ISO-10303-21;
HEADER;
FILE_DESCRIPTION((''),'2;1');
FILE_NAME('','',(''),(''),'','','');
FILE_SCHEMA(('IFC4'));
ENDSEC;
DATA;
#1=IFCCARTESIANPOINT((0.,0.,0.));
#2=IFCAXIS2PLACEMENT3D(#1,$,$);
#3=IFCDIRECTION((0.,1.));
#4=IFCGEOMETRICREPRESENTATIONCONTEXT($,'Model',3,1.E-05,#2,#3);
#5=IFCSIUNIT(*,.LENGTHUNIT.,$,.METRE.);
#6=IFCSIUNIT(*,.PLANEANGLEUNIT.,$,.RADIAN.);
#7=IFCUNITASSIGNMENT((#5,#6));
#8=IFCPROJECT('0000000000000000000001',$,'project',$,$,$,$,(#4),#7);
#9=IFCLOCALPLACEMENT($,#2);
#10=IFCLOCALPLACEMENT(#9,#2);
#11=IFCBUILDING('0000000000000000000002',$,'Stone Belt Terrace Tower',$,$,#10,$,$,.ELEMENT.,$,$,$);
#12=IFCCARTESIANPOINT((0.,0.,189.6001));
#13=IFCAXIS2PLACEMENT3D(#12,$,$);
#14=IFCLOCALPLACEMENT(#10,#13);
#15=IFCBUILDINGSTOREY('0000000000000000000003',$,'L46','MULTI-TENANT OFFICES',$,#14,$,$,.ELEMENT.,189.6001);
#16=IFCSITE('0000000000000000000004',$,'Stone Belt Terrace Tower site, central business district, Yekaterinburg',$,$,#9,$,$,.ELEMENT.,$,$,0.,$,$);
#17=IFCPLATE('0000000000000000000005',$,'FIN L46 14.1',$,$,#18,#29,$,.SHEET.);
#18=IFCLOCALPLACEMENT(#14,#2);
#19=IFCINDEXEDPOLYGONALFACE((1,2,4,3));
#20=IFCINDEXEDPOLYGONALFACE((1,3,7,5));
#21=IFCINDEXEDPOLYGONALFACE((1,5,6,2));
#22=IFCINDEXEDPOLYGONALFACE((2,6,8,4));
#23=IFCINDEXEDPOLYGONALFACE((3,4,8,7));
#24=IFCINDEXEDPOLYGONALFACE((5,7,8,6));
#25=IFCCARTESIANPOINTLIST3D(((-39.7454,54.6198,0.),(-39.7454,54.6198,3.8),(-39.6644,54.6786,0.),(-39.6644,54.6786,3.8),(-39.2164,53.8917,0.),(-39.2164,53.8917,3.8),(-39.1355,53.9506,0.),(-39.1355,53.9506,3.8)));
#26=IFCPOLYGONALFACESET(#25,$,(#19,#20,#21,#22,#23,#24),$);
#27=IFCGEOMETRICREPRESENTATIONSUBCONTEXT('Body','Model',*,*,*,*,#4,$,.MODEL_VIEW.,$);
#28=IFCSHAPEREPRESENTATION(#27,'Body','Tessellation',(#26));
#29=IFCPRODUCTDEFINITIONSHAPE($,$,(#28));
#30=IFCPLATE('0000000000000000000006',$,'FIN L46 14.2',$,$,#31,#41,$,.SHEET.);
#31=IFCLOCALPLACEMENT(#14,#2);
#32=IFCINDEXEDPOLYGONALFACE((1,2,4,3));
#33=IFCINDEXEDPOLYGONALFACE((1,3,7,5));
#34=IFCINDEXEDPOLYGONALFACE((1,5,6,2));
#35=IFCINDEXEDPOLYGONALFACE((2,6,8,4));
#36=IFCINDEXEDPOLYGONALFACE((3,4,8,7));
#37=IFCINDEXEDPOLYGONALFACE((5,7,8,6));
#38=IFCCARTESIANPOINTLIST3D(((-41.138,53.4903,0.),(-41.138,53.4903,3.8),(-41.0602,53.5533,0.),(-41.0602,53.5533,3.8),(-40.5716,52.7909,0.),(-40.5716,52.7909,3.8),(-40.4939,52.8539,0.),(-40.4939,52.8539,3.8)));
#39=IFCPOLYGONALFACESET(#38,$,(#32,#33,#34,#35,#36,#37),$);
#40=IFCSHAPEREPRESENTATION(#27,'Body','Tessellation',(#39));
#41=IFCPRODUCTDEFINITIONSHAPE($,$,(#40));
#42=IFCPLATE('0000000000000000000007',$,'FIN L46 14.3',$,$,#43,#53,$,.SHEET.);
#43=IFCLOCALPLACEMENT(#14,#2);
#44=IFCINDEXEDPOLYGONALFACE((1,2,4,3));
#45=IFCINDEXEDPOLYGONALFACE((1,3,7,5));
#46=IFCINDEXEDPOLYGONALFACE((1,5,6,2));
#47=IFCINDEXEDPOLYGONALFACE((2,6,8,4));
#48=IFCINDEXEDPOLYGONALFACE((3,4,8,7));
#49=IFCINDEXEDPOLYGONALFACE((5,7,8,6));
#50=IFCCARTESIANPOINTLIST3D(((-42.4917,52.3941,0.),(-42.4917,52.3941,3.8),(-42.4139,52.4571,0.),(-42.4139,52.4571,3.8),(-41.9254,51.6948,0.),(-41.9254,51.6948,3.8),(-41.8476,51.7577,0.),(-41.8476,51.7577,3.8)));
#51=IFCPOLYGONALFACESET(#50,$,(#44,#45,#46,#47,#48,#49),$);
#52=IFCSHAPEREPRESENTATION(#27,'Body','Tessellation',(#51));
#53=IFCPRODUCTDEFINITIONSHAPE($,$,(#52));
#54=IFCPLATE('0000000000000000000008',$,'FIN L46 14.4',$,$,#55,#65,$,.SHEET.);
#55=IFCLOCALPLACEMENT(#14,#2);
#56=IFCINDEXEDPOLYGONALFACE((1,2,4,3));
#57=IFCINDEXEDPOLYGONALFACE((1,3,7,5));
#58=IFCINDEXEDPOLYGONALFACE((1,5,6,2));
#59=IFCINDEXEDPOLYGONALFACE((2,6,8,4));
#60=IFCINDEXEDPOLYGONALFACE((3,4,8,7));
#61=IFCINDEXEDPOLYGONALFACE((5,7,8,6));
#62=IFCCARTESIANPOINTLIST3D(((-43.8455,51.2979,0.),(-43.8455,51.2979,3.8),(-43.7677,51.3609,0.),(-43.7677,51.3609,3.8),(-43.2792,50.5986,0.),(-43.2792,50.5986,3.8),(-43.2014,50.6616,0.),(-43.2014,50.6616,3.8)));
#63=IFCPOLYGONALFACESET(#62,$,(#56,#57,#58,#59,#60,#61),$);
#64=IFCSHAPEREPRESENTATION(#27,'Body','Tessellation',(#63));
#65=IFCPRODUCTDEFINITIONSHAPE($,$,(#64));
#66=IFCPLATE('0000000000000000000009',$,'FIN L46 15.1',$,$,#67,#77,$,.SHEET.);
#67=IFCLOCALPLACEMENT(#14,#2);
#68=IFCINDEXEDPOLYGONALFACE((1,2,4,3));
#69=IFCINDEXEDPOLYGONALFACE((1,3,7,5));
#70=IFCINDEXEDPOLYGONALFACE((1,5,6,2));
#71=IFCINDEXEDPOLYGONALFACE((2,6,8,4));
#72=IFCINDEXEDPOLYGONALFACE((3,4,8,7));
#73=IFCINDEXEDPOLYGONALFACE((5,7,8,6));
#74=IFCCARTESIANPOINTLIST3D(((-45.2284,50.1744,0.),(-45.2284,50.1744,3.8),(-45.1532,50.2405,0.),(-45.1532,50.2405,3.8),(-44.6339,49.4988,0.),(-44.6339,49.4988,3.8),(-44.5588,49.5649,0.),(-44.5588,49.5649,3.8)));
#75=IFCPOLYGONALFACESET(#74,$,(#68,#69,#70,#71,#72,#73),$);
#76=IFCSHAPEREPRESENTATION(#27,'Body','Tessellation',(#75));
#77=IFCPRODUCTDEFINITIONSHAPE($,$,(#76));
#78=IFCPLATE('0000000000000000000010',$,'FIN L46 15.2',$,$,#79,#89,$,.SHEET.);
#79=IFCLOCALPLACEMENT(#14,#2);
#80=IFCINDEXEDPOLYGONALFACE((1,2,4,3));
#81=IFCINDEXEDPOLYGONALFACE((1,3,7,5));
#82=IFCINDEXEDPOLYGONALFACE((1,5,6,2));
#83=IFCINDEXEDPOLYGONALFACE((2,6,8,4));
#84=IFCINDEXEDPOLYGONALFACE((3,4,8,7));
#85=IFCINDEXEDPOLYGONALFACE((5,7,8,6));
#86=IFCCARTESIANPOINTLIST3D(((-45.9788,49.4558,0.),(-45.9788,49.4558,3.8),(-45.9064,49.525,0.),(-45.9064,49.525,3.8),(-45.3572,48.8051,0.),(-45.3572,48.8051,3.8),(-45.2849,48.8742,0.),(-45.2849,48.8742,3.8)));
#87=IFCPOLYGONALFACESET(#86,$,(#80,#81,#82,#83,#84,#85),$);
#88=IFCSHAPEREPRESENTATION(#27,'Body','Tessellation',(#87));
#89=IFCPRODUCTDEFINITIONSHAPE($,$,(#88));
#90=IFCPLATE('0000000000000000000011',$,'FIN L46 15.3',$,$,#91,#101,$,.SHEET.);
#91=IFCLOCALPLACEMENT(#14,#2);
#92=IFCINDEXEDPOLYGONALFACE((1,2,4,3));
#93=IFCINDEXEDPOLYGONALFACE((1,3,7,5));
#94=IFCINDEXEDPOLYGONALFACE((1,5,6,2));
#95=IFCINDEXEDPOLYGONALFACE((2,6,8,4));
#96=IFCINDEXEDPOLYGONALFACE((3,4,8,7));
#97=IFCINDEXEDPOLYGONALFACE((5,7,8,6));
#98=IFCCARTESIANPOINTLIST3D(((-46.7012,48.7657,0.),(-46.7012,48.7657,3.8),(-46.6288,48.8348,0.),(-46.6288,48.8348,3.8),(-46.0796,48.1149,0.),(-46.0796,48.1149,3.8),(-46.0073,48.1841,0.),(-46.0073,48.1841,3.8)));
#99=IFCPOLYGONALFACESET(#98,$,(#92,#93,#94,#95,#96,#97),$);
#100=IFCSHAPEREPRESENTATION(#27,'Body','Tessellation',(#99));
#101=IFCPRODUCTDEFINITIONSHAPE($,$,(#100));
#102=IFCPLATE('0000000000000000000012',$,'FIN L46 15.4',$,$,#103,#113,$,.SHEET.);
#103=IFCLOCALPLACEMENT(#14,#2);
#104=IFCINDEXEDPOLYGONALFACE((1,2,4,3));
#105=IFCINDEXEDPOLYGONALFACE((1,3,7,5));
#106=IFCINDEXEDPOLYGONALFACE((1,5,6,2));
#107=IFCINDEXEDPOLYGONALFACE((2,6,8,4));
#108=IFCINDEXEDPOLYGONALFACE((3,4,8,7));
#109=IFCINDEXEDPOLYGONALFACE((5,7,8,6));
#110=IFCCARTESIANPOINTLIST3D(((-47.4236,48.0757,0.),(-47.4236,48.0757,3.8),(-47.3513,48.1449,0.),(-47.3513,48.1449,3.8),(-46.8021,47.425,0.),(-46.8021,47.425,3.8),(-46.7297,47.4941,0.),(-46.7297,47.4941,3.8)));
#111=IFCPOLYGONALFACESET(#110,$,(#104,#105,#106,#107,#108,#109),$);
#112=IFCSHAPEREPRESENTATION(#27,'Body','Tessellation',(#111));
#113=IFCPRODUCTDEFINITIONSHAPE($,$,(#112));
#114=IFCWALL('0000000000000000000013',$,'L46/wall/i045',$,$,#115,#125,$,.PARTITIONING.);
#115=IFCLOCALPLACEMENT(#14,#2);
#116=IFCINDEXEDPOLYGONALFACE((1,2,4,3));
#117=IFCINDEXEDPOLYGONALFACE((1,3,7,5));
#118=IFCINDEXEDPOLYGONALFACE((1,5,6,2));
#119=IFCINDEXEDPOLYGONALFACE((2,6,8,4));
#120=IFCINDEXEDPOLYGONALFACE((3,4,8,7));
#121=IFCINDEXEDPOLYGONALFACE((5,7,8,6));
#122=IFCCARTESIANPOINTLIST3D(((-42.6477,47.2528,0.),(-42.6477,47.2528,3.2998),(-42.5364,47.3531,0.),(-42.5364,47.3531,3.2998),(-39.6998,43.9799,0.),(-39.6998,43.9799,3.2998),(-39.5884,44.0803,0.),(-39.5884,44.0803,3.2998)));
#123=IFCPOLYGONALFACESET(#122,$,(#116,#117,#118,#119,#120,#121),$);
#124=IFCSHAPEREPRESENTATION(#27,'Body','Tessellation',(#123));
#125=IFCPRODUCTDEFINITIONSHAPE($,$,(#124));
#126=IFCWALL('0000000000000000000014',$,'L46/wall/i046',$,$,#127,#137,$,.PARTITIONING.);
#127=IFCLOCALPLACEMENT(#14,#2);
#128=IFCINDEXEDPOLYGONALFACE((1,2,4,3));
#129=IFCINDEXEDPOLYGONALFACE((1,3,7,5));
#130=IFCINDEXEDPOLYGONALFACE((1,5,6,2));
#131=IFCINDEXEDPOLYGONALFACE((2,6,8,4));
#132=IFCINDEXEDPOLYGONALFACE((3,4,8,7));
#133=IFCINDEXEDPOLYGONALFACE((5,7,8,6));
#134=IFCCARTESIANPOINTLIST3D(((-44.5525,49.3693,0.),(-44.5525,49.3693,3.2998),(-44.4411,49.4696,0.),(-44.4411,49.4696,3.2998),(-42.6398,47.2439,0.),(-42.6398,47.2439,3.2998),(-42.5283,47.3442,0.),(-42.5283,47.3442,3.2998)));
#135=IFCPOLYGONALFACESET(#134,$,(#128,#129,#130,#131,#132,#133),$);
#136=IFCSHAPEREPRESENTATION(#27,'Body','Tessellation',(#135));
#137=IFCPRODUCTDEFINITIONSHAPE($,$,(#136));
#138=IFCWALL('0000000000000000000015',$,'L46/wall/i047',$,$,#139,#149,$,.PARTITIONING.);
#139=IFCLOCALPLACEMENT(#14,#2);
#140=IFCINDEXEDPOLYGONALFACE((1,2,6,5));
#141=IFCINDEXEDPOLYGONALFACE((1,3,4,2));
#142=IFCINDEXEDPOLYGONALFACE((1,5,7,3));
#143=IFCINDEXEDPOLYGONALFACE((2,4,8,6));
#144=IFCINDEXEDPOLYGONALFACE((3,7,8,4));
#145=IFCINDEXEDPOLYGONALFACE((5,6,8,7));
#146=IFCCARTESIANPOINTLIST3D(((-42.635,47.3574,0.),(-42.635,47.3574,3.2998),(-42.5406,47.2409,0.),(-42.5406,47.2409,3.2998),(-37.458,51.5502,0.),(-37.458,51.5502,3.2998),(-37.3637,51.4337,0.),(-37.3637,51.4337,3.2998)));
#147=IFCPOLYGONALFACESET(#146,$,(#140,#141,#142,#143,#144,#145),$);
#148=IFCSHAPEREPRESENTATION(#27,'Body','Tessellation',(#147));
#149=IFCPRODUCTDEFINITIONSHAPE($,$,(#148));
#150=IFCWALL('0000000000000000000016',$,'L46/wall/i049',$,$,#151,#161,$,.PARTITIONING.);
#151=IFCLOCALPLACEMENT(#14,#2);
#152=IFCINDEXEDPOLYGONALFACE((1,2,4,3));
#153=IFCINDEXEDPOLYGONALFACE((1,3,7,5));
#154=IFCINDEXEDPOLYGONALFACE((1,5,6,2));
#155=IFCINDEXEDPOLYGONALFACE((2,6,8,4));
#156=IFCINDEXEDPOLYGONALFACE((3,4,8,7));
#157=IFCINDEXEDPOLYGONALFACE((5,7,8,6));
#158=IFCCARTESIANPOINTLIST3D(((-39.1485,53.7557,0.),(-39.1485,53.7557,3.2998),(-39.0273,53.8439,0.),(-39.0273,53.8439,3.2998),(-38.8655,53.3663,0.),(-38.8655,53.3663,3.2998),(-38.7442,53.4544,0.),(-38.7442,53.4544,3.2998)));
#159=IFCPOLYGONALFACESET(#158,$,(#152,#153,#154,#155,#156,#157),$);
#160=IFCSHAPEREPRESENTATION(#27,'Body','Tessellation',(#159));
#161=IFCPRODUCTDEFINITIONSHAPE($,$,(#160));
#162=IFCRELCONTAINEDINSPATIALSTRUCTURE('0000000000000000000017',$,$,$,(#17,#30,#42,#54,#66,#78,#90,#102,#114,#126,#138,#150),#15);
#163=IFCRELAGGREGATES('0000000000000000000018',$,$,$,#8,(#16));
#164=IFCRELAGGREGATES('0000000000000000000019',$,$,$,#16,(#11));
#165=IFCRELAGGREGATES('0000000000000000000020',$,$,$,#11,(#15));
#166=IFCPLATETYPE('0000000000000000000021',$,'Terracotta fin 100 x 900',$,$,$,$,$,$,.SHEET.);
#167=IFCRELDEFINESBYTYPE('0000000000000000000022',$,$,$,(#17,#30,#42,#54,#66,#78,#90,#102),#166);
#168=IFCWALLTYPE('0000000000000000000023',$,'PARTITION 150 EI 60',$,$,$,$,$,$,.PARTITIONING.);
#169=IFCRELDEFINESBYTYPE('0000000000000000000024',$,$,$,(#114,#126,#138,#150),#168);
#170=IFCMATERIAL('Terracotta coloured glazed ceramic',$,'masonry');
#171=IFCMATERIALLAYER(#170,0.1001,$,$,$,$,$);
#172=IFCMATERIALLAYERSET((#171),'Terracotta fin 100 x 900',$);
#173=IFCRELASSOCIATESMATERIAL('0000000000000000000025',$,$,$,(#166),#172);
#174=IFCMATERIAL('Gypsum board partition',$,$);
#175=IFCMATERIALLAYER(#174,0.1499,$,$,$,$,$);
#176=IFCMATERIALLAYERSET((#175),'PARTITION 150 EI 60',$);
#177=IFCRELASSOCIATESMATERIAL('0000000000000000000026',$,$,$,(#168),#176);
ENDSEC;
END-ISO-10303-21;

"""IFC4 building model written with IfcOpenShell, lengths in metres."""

from ifc_helpers import new_model, si_unit, direction, frame, frame_2d, origin, origin_2d, place, context, subcontext, project, spatial, rectangle, extrude, material, layer, layer_set, type_object, element, save


model = new_model("IFC4")

# Units and contexts
model_context = context("Model", 3, precision=1e-05, world=origin(), true_north=direction((0.0, 1.0)))
body_context = subcontext(model_context, "Body", "Model", "MODEL_VIEW")
ifc_project = project(units=[si_unit("LENGTHUNIT", "METRE"), si_unit("PLANEANGLEUNIT", "RADIAN")], contexts=[model_context])

# Site, building, storey
site_placement = place(None, origin())
site = spatial("IfcSite", under=ifc_project, at=site_placement, Name="Stone Belt Terrace Tower site, central business district, Yekaterinburg", CompositionType="ELEMENT", RefElevation=0.0)
building_placement = place(site_placement, origin())
building = spatial("IfcBuilding", under=site, at=building_placement, Name="Stone Belt Terrace Tower", CompositionType="ELEMENT")
storey_placement = place(building_placement, frame((0.0, 0.0, 189.6001)))
storey = spatial("IfcBuildingStorey", under=building, at=storey_placement, Name="L46", Description="MULTI-TENANT OFFICES", CompositionType="ELEMENT", Elevation=189.6001)

# Plates
ifc_material_1 = material(Name="Terracotta coloured glazed ceramic", Category="masonry")
ifc_layer_1 = layer(ifc_material_1, 0.1001)
ifc_layer_set_1 = layer_set([ifc_layer_1], Name="Terracotta fin 100 x 900")
plate_type_1 = type_object("IfcPlateType", Name="Terracotta fin 100 x 900", PredefinedType="SHEET", material=ifc_layer_set_1)
for number, where, z_axis, x_axis, name in (
    (1, (-39.4404, 54.2852, 0.0), (0.0, 0.0, 1.0), (-0.587785, 0.809017, 0.0), "FIN L46 14.1"),
    (2, (-40.8159, 53.1721, 0.0), (0.0, 0.0, 1.0), (-0.62932, 0.777146, 0.0), "FIN L46 14.2"),
    (3, (-42.1697, 52.0759, 0.0), (0.0, 0.0, 1.0), (-0.62932, 0.777146, 0.0), "FIN L46 14.3"),
    (4, (-43.5234, 50.9797, 0.0), (0.0, 0.0, 1.0), (-0.62932, 0.777146, 0.0), "FIN L46 14.4"),
    (5, (-44.8936, 49.8696, 0.0), (0.0, 0.0, 1.0), (-0.660573, 0.750761, 0.0), "FIN L46 15.1"),
    (6, (-45.6318, 49.165, 0.0), (0.0, 0.0, 1.0), (-0.690721, 0.723121, 0.0), "FIN L46 15.2"),
    (7, (-46.3542, 48.4749, 0.0), (0.0, 0.0, 1.0), (-0.690721, 0.723121, 0.0), "FIN L46 15.3"),
    (8, (-47.0767, 47.7849, 0.0), (0.0, 0.0, 1.0), (-0.690721, 0.723121, 0.0), "FIN L46 15.4"),
):
    element("IfcPlate", number, at=place(storey_placement, frame(where, z_axis=z_axis, x_axis=x_axis)), inside=storey, type_object=plate_type_1, Name=name, PredefinedType="SHEET", context=body_context, shape_type="SweptSolid", body=[
        extrude(rectangle(XDim=0.8999, YDim=0.1001, at=origin_2d()), origin(), (0.0, 0.0, 1.0), 3.8),
    ])

# Walls
ifc_material_2 = material(Name="Gypsum board partition")
ifc_layer_2 = layer(ifc_material_2, 0.1499)
ifc_layer_set_2 = layer_set([ifc_layer_2], Name="PARTITION 150 EI 60")
wall_type = type_object("IfcWallType", Name="PARTITION 150 EI 60", PredefinedType="PARTITIONING", material=ifc_layer_set_2)
wall_1_placement = place(storey_placement, frame((-42.592, 47.303, 0.0), z_axis=(0.0, 0.0, 1.0), x_axis=(0.669259, -0.74303, 0.0)))
element("IfcWall", 9, at=wall_1_placement, inside=storey, type_object=wall_type, Name="L46/wall/i045", PredefinedType="PARTITIONING", context=body_context, shape_type="SweptSolid", body=[
    extrude(rectangle(XDim=4.4048, YDim=0.1499, at=frame_2d((2.2024, 0.0))), origin(), (0.0, 0.0, 1.0), 3.2998),
])
wall_2_placement = place(storey_placement, frame((-44.4968, 49.4194, 0.0), z_axis=(0.0, 0.0, 1.0), x_axis=(0.668946, -0.743311, 0.0)))
element("IfcWall", 10, at=wall_2_placement, inside=storey, type_object=wall_type, Name="L46/wall/i046", PredefinedType="PARTITIONING", context=body_context, shape_type="SweptSolid", body=[
    extrude(rectangle(XDim=2.8594, YDim=0.1499, at=frame_2d((1.4297, 0.0))), origin(), (0.0, 0.0, 1.0), 3.2998),
])
wall_3_placement = place(storey_placement, frame((-42.5879, 47.2991, 0.0), z_axis=(0.0, 0.0, 1.0), x_axis=(0.777101, 0.629376, 0.0)))
element("IfcWall", 11, at=wall_3_placement, inside=storey, type_object=wall_type, Name="L46/wall/i047", PredefinedType="PARTITIONING", context=body_context, shape_type="SweptSolid", body=[
    extrude(rectangle(XDim=6.6619, YDim=0.1499, at=frame_2d((3.3311, 0.0))), origin(), (0.0, 0.0, 1.0), 3.2998),
])
wall_4_placement = place(storey_placement, frame((-39.0879, 53.7998, 0.0), z_axis=(0.0, 0.0, 1.0), x_axis=(0.58784, -0.808977, 0.0)))
element("IfcWall", 12, at=wall_4_placement, inside=storey, type_object=wall_type, Name="L46/wall/i049", PredefinedType="PARTITIONING", context=body_context, shape_type="SweptSolid", body=[
    extrude(rectangle(XDim=0.4814, YDim=0.1499, at=frame_2d((0.2407, 0.0))), origin(), (0.0, 0.0, 1.0), 3.2998),
])

save(model, "model.ifc")
